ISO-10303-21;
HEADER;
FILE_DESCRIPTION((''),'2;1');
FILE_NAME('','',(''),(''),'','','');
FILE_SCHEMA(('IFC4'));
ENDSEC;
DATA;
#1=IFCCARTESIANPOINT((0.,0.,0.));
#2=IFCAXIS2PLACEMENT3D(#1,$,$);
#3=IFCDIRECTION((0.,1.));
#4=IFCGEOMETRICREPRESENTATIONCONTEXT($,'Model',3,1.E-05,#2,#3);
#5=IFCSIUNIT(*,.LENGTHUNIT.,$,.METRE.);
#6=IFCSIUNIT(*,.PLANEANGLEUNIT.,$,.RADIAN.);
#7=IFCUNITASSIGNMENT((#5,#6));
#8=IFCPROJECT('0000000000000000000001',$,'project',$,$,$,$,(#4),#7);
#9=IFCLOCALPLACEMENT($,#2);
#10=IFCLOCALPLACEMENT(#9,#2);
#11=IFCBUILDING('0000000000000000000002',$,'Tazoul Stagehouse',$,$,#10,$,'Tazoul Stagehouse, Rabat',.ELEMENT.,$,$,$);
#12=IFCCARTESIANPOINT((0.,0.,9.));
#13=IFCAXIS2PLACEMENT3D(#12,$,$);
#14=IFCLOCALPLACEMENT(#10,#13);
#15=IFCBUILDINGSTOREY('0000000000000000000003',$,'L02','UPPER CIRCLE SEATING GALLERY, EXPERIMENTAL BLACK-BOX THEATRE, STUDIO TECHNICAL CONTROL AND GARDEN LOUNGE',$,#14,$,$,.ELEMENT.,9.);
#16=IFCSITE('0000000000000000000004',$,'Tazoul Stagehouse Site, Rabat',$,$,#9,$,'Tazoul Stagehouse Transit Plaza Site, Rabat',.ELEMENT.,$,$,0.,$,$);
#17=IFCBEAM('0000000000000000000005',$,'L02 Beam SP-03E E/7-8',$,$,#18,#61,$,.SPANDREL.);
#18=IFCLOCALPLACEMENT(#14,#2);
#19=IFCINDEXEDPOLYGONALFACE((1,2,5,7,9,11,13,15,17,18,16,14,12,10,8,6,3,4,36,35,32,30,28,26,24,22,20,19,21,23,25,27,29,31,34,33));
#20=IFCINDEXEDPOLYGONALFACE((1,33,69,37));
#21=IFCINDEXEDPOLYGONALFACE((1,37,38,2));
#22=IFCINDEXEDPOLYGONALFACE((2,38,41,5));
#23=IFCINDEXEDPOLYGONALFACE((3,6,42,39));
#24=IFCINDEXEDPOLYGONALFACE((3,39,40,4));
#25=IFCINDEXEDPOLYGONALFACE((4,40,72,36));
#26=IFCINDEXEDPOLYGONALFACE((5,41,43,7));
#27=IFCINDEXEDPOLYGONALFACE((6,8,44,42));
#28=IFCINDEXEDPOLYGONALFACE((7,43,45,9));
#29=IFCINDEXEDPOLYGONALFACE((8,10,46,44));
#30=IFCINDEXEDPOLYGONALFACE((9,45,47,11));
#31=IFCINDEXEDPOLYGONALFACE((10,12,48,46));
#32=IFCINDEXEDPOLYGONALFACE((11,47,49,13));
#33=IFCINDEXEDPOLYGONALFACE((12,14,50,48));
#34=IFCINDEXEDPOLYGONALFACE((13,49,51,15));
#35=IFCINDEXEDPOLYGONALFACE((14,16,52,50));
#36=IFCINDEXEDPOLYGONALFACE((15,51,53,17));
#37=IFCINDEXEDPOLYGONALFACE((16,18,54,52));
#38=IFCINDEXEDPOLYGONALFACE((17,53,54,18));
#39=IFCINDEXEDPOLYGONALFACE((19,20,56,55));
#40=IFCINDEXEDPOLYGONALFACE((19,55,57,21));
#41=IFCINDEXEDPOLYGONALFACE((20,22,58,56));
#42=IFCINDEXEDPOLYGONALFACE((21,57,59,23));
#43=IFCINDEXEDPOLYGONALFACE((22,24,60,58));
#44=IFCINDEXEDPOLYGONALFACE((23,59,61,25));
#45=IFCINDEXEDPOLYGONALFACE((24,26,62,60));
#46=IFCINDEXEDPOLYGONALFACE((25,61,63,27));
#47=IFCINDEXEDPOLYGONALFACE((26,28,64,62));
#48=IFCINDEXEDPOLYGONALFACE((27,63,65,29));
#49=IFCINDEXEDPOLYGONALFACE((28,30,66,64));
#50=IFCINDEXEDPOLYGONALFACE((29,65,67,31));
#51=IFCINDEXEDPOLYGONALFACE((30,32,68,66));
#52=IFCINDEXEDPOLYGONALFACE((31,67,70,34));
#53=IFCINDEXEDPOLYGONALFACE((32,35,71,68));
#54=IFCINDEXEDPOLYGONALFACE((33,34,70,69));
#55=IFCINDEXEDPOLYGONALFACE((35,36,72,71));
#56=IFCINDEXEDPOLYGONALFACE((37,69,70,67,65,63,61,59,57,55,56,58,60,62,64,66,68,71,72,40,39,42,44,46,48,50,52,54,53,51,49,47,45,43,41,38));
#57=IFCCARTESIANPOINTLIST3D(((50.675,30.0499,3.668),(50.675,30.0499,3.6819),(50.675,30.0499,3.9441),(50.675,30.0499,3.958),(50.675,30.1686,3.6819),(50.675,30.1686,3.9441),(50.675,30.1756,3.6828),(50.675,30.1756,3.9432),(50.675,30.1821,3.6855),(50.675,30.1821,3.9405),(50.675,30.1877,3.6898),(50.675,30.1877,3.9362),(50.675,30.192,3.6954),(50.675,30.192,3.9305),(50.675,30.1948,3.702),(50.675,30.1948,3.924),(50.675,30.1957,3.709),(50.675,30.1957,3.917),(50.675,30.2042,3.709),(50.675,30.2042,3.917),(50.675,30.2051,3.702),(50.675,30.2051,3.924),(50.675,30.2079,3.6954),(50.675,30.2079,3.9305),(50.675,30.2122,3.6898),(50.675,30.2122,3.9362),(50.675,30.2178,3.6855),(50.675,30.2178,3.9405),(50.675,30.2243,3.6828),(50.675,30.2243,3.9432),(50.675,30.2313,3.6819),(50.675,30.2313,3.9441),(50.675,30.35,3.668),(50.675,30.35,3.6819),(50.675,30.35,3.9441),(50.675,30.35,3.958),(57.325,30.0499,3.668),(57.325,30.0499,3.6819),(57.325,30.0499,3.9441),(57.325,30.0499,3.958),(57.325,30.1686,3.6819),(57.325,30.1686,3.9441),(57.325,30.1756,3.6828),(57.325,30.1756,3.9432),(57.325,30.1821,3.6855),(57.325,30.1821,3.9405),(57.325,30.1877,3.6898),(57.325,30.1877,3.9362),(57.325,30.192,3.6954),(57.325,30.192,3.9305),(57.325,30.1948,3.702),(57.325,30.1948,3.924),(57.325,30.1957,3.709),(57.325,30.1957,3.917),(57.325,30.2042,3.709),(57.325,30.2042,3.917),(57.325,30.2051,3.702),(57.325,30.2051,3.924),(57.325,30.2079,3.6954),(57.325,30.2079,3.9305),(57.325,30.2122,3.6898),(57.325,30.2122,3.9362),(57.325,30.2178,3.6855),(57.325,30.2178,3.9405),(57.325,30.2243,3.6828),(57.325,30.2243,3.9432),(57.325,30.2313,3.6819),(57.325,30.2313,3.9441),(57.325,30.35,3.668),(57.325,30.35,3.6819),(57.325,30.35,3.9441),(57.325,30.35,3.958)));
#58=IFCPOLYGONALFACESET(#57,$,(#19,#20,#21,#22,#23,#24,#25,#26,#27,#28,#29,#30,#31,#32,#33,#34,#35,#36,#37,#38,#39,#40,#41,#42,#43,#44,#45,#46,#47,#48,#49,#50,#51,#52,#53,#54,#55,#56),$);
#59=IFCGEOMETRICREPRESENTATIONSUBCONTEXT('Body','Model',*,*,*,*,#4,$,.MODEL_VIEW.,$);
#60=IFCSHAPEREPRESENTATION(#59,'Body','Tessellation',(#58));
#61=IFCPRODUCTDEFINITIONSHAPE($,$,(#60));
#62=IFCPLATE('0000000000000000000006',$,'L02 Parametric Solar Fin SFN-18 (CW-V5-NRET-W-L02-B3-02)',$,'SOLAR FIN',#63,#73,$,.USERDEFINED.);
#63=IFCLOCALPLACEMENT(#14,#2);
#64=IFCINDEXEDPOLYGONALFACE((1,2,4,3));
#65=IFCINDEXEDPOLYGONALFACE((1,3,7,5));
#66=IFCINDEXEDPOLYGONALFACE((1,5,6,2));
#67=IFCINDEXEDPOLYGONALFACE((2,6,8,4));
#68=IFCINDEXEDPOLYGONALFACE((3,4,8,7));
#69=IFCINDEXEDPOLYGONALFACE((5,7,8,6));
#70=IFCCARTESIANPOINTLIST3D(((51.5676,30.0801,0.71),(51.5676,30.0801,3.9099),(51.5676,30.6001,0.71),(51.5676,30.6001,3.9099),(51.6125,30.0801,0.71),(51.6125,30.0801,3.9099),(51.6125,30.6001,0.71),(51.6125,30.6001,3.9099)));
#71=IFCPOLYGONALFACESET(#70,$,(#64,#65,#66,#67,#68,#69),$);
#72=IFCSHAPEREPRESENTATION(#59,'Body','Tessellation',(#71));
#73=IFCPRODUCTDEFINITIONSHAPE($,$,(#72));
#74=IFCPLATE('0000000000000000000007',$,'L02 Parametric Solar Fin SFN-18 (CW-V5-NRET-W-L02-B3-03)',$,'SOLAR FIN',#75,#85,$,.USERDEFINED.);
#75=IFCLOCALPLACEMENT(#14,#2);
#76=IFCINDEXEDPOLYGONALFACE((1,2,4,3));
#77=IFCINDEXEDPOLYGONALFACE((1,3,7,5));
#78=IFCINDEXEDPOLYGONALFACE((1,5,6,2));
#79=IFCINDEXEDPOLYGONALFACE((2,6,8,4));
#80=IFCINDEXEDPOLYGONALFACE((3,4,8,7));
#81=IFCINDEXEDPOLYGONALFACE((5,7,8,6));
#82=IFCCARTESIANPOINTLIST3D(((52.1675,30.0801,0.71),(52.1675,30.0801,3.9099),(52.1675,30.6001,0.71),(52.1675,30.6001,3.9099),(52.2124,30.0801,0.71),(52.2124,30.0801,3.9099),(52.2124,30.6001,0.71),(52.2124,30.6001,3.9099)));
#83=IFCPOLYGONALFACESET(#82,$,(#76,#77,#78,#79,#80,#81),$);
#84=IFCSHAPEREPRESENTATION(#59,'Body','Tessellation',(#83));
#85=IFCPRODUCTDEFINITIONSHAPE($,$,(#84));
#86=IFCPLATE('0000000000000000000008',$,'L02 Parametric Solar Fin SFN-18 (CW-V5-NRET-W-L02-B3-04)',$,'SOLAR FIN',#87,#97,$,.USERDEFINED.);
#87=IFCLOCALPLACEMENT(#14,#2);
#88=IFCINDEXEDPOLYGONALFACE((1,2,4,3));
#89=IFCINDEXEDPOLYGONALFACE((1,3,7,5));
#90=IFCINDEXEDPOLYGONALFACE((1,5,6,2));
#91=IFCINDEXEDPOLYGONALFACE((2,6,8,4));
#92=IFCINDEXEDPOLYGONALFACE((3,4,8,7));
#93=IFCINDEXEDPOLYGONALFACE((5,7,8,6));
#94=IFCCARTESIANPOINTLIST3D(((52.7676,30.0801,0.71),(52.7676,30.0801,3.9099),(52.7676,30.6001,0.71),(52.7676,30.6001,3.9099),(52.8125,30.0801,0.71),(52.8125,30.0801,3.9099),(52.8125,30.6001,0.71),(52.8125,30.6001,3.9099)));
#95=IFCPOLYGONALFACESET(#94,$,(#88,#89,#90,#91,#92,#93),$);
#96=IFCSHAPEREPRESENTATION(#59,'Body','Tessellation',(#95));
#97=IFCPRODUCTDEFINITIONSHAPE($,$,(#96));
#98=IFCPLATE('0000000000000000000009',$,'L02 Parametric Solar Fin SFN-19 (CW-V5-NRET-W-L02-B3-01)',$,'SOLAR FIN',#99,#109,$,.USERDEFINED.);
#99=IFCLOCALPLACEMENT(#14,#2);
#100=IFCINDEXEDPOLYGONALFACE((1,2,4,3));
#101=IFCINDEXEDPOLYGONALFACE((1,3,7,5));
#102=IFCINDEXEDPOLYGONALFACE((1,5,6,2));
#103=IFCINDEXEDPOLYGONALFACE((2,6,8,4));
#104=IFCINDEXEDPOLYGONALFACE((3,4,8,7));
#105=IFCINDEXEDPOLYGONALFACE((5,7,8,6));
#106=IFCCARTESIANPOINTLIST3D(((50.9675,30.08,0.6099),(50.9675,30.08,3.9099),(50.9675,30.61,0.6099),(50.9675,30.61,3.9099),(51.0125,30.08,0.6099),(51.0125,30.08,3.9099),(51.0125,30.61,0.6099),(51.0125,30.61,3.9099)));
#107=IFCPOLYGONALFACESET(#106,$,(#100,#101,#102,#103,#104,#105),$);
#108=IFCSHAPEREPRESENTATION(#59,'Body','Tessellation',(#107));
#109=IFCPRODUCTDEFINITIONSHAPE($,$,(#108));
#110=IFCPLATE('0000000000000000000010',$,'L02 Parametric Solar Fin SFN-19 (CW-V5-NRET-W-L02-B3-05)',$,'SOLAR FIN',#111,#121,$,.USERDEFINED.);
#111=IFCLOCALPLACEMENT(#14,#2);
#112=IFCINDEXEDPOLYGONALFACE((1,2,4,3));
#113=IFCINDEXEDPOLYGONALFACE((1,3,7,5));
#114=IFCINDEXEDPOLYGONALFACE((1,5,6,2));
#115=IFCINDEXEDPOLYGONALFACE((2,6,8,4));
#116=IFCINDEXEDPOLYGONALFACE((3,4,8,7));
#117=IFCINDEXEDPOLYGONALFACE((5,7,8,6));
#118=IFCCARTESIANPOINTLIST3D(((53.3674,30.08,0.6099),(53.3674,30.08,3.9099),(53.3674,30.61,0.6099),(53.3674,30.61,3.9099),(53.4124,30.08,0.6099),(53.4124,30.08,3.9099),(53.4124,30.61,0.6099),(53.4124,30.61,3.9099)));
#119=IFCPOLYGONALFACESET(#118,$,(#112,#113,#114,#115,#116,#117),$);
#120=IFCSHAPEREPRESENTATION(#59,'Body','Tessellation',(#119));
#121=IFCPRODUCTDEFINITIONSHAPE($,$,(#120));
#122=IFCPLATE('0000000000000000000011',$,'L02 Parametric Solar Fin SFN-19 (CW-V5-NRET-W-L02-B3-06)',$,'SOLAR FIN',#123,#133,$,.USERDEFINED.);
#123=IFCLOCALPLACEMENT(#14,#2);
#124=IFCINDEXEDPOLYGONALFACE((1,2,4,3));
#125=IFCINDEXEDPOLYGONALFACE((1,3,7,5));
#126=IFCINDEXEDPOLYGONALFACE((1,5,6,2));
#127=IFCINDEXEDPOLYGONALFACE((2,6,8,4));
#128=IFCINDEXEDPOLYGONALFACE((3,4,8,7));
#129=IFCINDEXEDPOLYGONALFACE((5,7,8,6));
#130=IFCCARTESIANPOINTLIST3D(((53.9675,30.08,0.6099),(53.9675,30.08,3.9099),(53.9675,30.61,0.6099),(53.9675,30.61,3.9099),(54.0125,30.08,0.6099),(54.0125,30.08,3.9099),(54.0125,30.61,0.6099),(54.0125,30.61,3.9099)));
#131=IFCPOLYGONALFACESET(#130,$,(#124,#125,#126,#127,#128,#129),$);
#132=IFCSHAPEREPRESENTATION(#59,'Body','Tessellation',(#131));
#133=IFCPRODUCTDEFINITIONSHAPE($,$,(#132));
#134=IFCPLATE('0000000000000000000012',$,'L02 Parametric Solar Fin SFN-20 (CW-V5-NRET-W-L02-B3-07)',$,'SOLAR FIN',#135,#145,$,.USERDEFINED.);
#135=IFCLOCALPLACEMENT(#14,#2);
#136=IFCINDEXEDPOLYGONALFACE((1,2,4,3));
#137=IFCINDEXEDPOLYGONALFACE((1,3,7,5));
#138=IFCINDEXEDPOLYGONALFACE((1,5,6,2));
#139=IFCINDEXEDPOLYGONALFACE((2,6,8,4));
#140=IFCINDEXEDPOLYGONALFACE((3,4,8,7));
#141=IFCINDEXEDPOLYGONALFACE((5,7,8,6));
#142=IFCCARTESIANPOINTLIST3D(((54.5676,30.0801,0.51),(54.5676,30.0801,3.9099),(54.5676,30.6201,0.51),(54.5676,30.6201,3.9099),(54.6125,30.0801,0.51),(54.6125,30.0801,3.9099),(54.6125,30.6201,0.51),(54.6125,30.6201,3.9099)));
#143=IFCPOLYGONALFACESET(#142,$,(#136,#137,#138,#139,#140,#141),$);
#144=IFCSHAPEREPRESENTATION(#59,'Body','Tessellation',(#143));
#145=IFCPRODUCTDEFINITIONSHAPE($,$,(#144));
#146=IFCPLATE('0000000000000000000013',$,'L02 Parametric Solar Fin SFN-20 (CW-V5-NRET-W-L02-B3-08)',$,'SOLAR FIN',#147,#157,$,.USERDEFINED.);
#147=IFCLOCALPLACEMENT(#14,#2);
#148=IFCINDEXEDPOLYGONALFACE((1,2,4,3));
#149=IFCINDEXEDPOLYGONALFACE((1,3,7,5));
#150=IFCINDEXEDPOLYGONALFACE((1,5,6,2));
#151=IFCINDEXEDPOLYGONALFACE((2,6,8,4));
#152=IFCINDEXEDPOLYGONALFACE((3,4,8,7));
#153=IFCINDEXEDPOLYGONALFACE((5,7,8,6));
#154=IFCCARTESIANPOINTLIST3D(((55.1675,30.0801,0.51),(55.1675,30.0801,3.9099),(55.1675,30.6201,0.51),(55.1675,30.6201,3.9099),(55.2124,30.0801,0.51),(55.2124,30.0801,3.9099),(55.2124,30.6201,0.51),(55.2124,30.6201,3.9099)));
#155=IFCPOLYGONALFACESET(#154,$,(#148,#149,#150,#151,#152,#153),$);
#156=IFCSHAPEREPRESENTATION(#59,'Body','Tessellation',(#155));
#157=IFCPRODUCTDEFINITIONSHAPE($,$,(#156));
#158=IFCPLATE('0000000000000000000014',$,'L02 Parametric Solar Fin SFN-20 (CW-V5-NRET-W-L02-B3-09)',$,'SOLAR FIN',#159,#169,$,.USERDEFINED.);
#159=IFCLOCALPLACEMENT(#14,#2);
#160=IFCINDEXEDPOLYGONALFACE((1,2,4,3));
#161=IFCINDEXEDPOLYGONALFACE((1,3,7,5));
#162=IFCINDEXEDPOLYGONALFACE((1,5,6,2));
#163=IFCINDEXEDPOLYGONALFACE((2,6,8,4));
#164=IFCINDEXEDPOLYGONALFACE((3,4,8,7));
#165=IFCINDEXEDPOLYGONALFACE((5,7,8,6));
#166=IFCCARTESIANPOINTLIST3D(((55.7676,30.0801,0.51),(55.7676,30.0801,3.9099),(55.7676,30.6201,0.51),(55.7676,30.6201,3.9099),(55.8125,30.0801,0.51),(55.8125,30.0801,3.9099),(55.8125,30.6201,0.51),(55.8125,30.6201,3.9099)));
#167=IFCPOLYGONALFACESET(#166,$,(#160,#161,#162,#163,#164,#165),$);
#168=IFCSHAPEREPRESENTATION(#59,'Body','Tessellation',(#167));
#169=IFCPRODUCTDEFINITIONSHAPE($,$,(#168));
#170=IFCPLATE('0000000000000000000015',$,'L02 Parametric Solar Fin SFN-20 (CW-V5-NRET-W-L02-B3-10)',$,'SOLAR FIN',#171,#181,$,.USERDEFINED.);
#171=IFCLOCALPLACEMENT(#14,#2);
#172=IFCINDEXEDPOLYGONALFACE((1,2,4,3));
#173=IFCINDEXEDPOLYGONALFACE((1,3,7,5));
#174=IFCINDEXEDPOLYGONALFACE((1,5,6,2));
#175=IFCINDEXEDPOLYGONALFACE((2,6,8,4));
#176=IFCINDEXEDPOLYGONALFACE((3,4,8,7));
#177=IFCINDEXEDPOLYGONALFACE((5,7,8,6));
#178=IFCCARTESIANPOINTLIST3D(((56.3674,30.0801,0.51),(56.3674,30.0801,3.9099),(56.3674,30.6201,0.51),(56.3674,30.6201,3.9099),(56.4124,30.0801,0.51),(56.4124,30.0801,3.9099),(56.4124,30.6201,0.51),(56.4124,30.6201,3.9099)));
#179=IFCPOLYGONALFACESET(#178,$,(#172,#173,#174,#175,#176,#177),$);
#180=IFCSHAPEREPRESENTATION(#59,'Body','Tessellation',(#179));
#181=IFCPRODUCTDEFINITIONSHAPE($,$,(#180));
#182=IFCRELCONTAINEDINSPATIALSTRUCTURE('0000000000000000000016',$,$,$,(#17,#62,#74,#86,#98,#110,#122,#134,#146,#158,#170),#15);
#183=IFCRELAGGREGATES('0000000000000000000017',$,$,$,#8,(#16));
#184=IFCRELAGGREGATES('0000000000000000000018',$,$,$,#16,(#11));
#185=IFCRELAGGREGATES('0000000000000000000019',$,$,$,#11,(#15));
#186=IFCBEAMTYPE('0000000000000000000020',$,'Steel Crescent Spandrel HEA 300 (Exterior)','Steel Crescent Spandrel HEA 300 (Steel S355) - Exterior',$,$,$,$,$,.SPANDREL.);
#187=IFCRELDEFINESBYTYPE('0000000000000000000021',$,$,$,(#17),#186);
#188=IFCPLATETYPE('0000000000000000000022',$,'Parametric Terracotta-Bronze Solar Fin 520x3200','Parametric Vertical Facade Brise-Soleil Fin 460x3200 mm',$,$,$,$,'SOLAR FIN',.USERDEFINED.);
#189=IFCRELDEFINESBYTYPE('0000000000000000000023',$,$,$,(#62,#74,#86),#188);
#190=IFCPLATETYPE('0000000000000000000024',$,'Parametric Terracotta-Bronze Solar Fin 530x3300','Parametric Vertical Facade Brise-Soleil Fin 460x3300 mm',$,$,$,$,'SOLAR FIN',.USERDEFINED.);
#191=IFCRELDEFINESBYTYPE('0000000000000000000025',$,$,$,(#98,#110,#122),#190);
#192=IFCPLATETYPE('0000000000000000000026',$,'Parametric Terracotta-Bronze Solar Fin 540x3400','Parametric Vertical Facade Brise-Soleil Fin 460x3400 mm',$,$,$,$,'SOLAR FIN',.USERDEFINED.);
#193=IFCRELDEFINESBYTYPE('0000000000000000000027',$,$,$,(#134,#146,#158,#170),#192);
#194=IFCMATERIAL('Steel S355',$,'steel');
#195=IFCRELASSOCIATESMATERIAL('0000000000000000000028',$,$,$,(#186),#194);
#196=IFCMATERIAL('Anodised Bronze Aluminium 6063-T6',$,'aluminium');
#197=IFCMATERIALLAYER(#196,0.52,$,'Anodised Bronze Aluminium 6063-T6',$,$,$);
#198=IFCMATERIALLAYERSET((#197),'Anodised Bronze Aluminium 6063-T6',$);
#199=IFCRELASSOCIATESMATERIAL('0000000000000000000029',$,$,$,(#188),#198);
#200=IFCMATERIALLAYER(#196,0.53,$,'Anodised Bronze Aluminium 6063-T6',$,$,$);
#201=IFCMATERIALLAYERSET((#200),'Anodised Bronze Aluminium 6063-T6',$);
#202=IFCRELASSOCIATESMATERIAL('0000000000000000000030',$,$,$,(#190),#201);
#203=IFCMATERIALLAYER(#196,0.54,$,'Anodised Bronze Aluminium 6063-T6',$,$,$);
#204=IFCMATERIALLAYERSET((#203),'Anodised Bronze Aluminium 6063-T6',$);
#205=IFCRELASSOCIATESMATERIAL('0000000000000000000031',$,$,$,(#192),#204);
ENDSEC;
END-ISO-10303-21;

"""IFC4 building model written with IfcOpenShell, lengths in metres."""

from ifc_helpers import new_model, si_unit, direction, frame, origin, origin_2d, place, context, subcontext, project, spatial, rectangle, i_section, extrude, material, layer, layer_set, material_profile, profile_set, type_object, element, save


model = new_model("IFC4")

# Units and contexts
model_context = context("Model", 3, precision=1e-05, world=origin(), true_north=direction((0.0, 1.0)))
body_context = subcontext(model_context, "Body", "Model", "MODEL_VIEW")
ifc_project = project(units=[si_unit("LENGTHUNIT", "METRE"), si_unit("PLANEANGLEUNIT", "RADIAN")], contexts=[model_context])

# Site, building, storey
site_placement = place(None, origin())
site = spatial("IfcSite", under=ifc_project, at=site_placement, Name="Tazoul Stagehouse Site, Rabat", LongName="Tazoul Stagehouse Transit Plaza Site, Rabat", CompositionType="ELEMENT", RefElevation=0.0)
building_placement = place(site_placement, origin())
building = spatial("IfcBuilding", under=site, at=building_placement, Name="Tazoul Stagehouse", LongName="Tazoul Stagehouse, Rabat", CompositionType="ELEMENT")
storey_placement = place(building_placement, frame((0.0, 0.0, 9.0)))
storey = spatial("IfcBuildingStorey", under=building, at=storey_placement, Name="L02", Description="UPPER CIRCLE SEATING GALLERY, EXPERIMENTAL BLACK-BOX THEATRE, STUDIO TECHNICAL CONTROL AND GARDEN LOUNGE", CompositionType="ELEMENT", Elevation=9.0)

# Beam
ifc_material_1 = material(Name="Steel S355", Category="steel")
ifc_material_profile = material_profile(ifc_material_1, i_section(OverallWidth=0.3, OverallDepth=0.29, WebThickness=0.0085, FlangeThickness=0.0139, FilletRadius=0.0271, at=origin_2d()), Name="HEA 300")
ifc_profile_set = profile_set([ifc_material_profile], Name="Steel S355")
beam_type = type_object("IfcBeamType", Name="Steel Crescent Spandrel HEA 300 (Exterior)", Description="Steel Crescent Spandrel HEA 300 (Steel S355) - Exterior", PredefinedType="SPANDREL", material=ifc_profile_set)
beam_placement = place(storey_placement, frame((50.675, 30.2, 3.813), z_axis=(1.0, 0.0, 0.0), x_axis=(0.0, 1.0, 0.0)))
element("IfcBeam", 1, at=beam_placement, inside=storey, type_object=beam_type, Name="L02 Beam SP-03E E/7-8", PredefinedType="SPANDREL", context=body_context, shape_type="SweptSolid", body=[
    extrude(i_section(OverallWidth=0.3, OverallDepth=0.29, WebThickness=0.0085, FlangeThickness=0.0139, FilletRadius=0.0271, at=origin_2d()), origin(), (0.0, 0.0, 1.0), 6.6499),
])

# Plates
ifc_material_2 = material(Name="Anodised Bronze Aluminium 6063-T6", Category="aluminium")
ifc_layer_1 = layer(ifc_material_2, 0.52, Name="Anodised Bronze Aluminium 6063-T6")
ifc_layer_set_1 = layer_set([ifc_layer_1], Name="Anodised Bronze Aluminium 6063-T6")
plate_type_1 = type_object("IfcPlateType", Name="Parametric Terracotta-Bronze Solar Fin 520x3200", Description="Parametric Vertical Facade Brise-Soleil Fin 460x3200 mm", ElementType="SOLAR FIN", PredefinedType="USERDEFINED", material=ifc_layer_set_1)
for number, where, z_axis, x_axis, name in (
    (2, (51.5901, 30.3401, 0.71), (0.0, 0.0, 1.0), (1.0, 0.0, 0.0), "L02 Parametric Solar Fin SFN-18 (CW-V5-NRET-W-L02-B3-02)"),
    (3, (52.1899, 30.3401, 0.71), (0.0, 0.0, 1.0), (1.0, 0.0, 0.0), "L02 Parametric Solar Fin SFN-18 (CW-V5-NRET-W-L02-B3-03)"),
    (4, (52.79, 30.3401, 0.71), (0.0, 0.0, 1.0), (1.0, 0.0, 0.0), "L02 Parametric Solar Fin SFN-18 (CW-V5-NRET-W-L02-B3-04)"),
):
    element("IfcPlate", number, at=place(storey_placement, frame(where, z_axis=z_axis, x_axis=x_axis)), inside=storey, type_object=plate_type_1, Name=name, ObjectType="SOLAR FIN", PredefinedType="USERDEFINED", context=body_context, shape_type="SweptSolid", body=[
        extrude(rectangle(XDim=0.0449, YDim=0.52, at=origin_2d()), origin(), (0.0, 0.0, 1.0), 3.2),
    ])
ifc_layer_2 = layer(ifc_material_2, 0.53, Name="Anodised Bronze Aluminium 6063-T6")
ifc_layer_set_2 = layer_set([ifc_layer_2], Name="Anodised Bronze Aluminium 6063-T6")
plate_type_2 = type_object("IfcPlateType", Name="Parametric Terracotta-Bronze Solar Fin 530x3300", Description="Parametric Vertical Facade Brise-Soleil Fin 460x3300 mm", ElementType="SOLAR FIN", PredefinedType="USERDEFINED", material=ifc_layer_set_2)
for number, where, z_axis, x_axis, name in (
    (5, (50.99, 30.345, 0.6099), (0.0, 0.0, 1.0), (1.0, 0.0, 0.0), "L02 Parametric Solar Fin SFN-19 (CW-V5-NRET-W-L02-B3-01)"),
    (6, (53.3899, 30.345, 0.6099), (0.0, 0.0, 1.0), (1.0, 0.0, 0.0), "L02 Parametric Solar Fin SFN-19 (CW-V5-NRET-W-L02-B3-05)"),
    (7, (53.99, 30.345, 0.6099), (0.0, 0.0, 1.0), (1.0, 0.0, 0.0), "L02 Parametric Solar Fin SFN-19 (CW-V5-NRET-W-L02-B3-06)"),
):
    element("IfcPlate", number, at=place(storey_placement, frame(where, z_axis=z_axis, x_axis=x_axis)), inside=storey, type_object=plate_type_2, Name=name, ObjectType="SOLAR FIN", PredefinedType="USERDEFINED", context=body_context, shape_type="SweptSolid", body=[
        extrude(rectangle(XDim=0.0449, YDim=0.53, at=origin_2d()), origin(), (0.0, 0.0, 1.0), 3.3),
    ])
ifc_layer_3 = layer(ifc_material_2, 0.54, Name="Anodised Bronze Aluminium 6063-T6")
ifc_layer_set_3 = layer_set([ifc_layer_3], Name="Anodised Bronze Aluminium 6063-T6")
plate_type_3 = type_object("IfcPlateType", Name="Parametric Terracotta-Bronze Solar Fin 540x3400", Description="Parametric Vertical Facade Brise-Soleil Fin 460x3400 mm", ElementType="SOLAR FIN", PredefinedType="USERDEFINED", material=ifc_layer_set_3)
for number, where, z_axis, x_axis, name in (
    (8, (54.5901, 30.3501, 0.51), (0.0, 0.0, 1.0), (1.0, 0.0, 0.0), "L02 Parametric Solar Fin SFN-20 (CW-V5-NRET-W-L02-B3-07)"),
    (9, (55.1899, 30.3501, 0.51), (0.0, 0.0, 1.0), (1.0, 0.0, 0.0), "L02 Parametric Solar Fin SFN-20 (CW-V5-NRET-W-L02-B3-08)"),
    (10, (55.79, 30.3501, 0.51), (0.0, 0.0, 1.0), (1.0, 0.0, 0.0), "L02 Parametric Solar Fin SFN-20 (CW-V5-NRET-W-L02-B3-09)"),
    (11, (56.3899, 30.3501, 0.51), (0.0, 0.0, 1.0), (1.0, 0.0, 0.0), "L02 Parametric Solar Fin SFN-20 (CW-V5-NRET-W-L02-B3-10)"),
):
    element("IfcPlate", number, at=place(storey_placement, frame(where, z_axis=z_axis, x_axis=x_axis)), inside=storey, type_object=plate_type_3, Name=name, ObjectType="SOLAR FIN", PredefinedType="USERDEFINED", context=body_context, shape_type="SweptSolid", body=[
        extrude(rectangle(XDim=0.0449, YDim=0.54, at=origin_2d()), origin(), (0.0, 0.0, 1.0), 3.3999),
    ])

save(model, "model.ifc")
